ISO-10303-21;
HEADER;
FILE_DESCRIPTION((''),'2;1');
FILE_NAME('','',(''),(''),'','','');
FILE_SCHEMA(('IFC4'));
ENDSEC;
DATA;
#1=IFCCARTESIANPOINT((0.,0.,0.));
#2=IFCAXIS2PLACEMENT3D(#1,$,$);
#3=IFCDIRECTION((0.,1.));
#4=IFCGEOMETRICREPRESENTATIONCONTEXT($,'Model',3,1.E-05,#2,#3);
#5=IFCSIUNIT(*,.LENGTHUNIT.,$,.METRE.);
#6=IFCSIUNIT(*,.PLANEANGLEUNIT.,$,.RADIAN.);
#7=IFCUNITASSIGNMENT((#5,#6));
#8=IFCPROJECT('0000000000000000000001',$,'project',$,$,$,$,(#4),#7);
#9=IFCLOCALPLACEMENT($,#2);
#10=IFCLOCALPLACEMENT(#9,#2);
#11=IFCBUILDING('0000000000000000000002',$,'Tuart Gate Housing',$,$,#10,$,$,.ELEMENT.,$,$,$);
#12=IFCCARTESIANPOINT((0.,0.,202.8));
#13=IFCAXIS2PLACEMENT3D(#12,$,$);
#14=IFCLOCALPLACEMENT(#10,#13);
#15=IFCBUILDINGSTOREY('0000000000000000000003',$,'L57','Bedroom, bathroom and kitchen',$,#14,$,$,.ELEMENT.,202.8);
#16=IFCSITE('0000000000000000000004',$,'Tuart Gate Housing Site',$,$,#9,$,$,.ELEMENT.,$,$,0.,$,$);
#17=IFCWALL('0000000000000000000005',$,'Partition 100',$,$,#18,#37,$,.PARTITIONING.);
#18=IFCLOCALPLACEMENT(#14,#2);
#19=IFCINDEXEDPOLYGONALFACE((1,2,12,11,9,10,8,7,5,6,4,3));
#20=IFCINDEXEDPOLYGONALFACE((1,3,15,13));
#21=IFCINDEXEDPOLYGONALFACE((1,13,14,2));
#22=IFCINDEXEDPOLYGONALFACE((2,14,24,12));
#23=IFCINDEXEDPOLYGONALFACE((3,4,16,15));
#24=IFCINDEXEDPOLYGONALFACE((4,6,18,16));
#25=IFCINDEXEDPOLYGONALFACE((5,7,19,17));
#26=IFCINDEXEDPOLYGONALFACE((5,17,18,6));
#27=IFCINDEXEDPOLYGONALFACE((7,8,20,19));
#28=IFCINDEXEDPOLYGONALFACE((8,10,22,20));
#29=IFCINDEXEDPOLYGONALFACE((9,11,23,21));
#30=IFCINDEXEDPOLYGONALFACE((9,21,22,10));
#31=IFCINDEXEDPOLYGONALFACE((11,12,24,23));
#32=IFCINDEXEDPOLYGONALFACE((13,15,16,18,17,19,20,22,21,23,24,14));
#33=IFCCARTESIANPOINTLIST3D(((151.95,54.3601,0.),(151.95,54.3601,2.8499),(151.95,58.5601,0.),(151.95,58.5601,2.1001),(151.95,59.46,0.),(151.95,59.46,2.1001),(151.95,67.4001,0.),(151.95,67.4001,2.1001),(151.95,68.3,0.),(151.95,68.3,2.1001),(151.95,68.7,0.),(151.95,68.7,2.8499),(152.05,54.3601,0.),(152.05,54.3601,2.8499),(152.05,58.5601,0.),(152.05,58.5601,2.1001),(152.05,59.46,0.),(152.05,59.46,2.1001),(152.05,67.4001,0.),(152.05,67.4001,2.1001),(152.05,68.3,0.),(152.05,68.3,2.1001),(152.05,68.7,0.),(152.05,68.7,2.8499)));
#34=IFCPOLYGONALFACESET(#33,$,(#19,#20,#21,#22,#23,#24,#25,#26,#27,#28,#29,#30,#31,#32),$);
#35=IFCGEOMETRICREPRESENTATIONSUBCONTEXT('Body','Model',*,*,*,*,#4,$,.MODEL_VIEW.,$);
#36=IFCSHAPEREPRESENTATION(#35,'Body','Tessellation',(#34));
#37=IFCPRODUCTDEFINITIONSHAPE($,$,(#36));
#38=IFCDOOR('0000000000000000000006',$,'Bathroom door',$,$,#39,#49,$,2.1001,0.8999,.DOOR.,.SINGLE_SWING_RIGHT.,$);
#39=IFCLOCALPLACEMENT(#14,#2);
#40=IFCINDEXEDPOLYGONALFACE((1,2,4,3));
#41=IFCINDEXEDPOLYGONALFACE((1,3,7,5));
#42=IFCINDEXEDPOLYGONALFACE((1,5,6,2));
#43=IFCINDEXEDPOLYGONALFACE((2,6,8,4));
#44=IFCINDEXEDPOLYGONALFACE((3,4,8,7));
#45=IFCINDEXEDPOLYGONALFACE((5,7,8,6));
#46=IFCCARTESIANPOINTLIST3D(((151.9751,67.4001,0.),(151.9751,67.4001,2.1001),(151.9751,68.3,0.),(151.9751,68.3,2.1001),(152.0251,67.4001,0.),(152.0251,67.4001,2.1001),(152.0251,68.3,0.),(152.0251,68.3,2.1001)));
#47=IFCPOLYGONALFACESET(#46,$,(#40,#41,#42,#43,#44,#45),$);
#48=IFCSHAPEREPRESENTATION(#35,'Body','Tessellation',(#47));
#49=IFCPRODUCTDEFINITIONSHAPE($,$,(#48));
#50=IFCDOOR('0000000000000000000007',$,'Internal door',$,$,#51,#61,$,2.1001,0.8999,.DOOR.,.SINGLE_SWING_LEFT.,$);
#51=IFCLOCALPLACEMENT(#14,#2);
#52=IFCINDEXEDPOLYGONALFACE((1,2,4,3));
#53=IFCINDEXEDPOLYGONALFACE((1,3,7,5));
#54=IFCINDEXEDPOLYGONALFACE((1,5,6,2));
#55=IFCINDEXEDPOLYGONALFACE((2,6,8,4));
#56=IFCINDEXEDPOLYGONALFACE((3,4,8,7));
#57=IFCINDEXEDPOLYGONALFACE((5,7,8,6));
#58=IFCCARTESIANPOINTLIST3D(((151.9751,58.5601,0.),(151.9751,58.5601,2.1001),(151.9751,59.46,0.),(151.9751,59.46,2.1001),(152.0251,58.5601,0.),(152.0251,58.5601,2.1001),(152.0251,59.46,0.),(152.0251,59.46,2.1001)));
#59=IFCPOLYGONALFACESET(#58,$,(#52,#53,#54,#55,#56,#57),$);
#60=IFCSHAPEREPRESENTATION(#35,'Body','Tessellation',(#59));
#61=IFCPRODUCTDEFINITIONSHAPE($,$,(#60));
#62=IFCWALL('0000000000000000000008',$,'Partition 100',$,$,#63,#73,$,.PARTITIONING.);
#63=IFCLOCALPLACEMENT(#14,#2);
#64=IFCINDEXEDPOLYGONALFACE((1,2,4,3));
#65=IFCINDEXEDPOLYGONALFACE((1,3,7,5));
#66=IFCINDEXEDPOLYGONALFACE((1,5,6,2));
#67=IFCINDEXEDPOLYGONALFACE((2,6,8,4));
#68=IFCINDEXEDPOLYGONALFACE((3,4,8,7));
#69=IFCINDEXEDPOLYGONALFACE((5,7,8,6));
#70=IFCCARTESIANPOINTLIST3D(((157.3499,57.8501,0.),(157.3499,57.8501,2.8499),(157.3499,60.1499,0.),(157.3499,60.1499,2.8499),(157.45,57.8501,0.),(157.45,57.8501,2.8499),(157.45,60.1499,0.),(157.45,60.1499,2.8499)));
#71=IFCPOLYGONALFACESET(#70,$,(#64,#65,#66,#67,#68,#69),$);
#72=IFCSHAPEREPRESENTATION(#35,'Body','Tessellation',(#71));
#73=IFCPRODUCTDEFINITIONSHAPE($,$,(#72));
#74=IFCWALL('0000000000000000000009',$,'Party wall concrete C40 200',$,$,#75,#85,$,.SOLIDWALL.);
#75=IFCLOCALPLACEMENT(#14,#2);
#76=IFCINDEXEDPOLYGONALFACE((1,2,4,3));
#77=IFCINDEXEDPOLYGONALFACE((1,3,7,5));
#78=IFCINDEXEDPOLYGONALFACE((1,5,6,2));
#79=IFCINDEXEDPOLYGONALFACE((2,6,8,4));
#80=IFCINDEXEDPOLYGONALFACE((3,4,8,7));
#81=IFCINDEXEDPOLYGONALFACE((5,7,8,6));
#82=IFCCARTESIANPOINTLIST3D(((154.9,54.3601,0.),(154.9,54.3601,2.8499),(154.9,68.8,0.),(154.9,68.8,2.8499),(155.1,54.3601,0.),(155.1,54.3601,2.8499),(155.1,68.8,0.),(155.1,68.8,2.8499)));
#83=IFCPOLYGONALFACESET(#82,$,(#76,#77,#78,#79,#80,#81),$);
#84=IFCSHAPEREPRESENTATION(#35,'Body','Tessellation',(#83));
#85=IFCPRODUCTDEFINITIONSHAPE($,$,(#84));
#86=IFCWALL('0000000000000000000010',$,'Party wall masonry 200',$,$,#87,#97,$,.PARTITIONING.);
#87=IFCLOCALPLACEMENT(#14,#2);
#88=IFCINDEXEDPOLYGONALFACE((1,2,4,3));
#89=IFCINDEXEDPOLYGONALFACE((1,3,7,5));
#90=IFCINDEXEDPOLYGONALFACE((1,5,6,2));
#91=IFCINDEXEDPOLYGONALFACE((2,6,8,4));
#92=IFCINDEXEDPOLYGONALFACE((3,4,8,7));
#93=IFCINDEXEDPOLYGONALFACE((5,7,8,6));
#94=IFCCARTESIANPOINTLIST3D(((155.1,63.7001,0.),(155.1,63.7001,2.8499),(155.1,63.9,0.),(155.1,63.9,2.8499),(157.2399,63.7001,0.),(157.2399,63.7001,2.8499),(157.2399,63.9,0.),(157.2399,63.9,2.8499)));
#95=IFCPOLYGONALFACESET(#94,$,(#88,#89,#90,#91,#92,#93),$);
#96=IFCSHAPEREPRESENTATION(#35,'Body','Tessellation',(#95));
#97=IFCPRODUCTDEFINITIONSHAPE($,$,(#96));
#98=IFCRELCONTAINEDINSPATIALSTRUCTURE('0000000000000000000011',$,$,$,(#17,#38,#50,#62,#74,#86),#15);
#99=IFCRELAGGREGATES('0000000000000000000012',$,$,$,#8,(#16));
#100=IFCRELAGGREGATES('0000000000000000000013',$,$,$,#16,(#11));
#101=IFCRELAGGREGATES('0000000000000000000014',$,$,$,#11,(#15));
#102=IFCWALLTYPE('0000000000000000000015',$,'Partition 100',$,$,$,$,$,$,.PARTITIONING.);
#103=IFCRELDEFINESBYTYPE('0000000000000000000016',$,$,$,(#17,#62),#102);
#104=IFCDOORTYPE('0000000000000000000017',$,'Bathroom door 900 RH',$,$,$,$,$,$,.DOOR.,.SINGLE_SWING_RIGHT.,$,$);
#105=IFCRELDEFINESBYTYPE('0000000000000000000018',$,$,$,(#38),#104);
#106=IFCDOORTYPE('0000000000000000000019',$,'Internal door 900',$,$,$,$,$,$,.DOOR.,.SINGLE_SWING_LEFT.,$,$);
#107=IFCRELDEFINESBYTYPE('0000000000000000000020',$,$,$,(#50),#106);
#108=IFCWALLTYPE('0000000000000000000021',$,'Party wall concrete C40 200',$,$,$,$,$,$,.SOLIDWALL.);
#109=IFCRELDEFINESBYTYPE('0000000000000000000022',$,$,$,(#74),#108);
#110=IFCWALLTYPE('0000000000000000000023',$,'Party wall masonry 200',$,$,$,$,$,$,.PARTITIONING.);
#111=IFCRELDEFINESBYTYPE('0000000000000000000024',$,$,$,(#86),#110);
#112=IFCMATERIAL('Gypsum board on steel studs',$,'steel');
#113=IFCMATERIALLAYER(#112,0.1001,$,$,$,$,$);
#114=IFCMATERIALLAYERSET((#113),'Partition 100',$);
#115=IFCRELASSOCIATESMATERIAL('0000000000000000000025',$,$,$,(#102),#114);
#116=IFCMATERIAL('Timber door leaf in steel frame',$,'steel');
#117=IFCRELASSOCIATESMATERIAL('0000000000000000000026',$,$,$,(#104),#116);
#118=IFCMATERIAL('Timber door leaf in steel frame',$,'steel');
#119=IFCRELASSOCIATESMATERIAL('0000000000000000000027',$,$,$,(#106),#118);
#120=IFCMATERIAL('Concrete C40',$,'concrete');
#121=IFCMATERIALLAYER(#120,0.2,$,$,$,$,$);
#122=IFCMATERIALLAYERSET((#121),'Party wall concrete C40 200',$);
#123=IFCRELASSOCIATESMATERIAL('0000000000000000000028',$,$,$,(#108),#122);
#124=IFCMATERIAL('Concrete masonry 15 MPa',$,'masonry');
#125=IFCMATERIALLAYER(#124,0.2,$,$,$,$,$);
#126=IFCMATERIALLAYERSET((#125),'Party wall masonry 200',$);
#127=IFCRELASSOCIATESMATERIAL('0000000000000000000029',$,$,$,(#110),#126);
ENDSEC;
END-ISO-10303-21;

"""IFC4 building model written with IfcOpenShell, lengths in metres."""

from ifc_helpers import new_model, si_unit, direction, frame, frame_2d, origin, place, context, subcontext, project, spatial, rectangle, extrude, material, layer, layer_set, type_object, element, fill, save


model = new_model("IFC4")

# Units and contexts
model_context = context("Model", 3, precision=1e-05, world=origin(), true_north=direction((0.0, 1.0)))
body_context = subcontext(model_context, "Body", "Model", "MODEL_VIEW")
ifc_project = project(units=[si_unit("LENGTHUNIT", "METRE"), si_unit("PLANEANGLEUNIT", "RADIAN")], contexts=[model_context])

# Site, building, storey
site_placement = place(None, origin())
site = spatial("IfcSite", under=ifc_project, at=site_placement, Name="Tuart Gate Housing Site", CompositionType="ELEMENT", RefElevation=0.0)
building_placement = place(site_placement, origin())
building = spatial("IfcBuilding", under=site, at=building_placement, Name="Tuart Gate Housing", CompositionType="ELEMENT")
storey_placement = place(building_placement, frame((0.0, 0.0, 202.8)))
storey = spatial("IfcBuildingStorey", under=building, at=storey_placement, Name="L57", Description="Bedroom, bathroom and kitchen", CompositionType="ELEMENT", Elevation=202.8)

# Shared definitions
ifc_material_1 = material(Name="Gypsum board on steel studs", Category="steel")
ifc_layer_1 = layer(ifc_material_1, 0.1001)
ifc_layer_set_1 = layer_set([ifc_layer_1], Name="Partition 100")
wall_type_1 = type_object("IfcWallType", Name="Partition 100", PredefinedType="PARTITIONING", material=ifc_layer_set_1)

# Wall, openings, doors
wall_1_placement = place(storey_placement, frame((152.0, 54.3601, 0.0), z_axis=(0.0, 0.0, 1.0), x_axis=(0.0, 1.0, 0.0)))
wall_1 = element("IfcWall", 1, at=wall_1_placement, inside=storey, type_object=wall_type_1, Name="Partition 100", PredefinedType="PARTITIONING", context=body_context, shape_type="SweptSolid", body=[
    extrude(rectangle(XDim=14.3398, YDim=0.1001, at=frame_2d((7.1699, 0.0))), origin(), (0.0, 0.0, 1.0), 2.8499),
])
opening_1_placement = place(wall_1_placement, frame((4.2, 0.0, 0.0)))
opening_1 = element("IfcOpeningElement", 2, at=opening_1_placement, cuts=wall_1, PredefinedType="OPENING", context=body_context, shape_type="SweptSolid", body=[
    extrude(rectangle(XDim=0.8999, YDim=2.1001, at=frame_2d((0.45, 1.05))), frame((0.0, 0.0601, 0.0), z_axis=(0.0, -1.0, 0.0), x_axis=(1.0, 0.0, 0.0)), (0.0, 0.0, 1.0), 0.1201),
])
opening_2_placement = place(wall_1_placement, frame((13.04, 0.0, 0.0)))
opening_2 = element("IfcOpeningElement", 3, at=opening_2_placement, cuts=wall_1, PredefinedType="OPENING", context=body_context, shape_type="SweptSolid", body=[
    extrude(rectangle(XDim=0.8999, YDim=2.1001, at=frame_2d((0.45, 1.05))), frame((0.0, 0.0601, 0.0), z_axis=(0.0, -1.0, 0.0), x_axis=(1.0, 0.0, 0.0)), (0.0, 0.0, 1.0), 0.1201),
])
ifc_material_2 = material(Name="Timber door leaf in steel frame", Category="steel")
door_type_1 = type_object("IfcDoorType", Name="Bathroom door 900 RH", OperationType="SINGLE_SWING_RIGHT", PredefinedType="DOOR", material=ifc_material_2)
door_1_placement = place(opening_2_placement, origin())
door_1 = element("IfcDoor", 4, at=door_1_placement, inside=storey, type_object=door_type_1, Name="Bathroom door", OperationType="SINGLE_SWING_RIGHT", OverallHeight=2.1001, OverallWidth=0.8999, PredefinedType="DOOR", context=body_context, shape_type="SweptSolid", body=[
    extrude(rectangle(XDim=0.8999, YDim=2.1001, at=frame_2d((0.45, 1.05))), frame((0.0, 0.0249, 0.0), z_axis=(0.0, -1.0, 0.0), x_axis=(1.0, 0.0, 0.0)), (0.0, 0.0, 1.0), 0.05),
])
fill(opening_2, door_1)
ifc_material_3 = material(Name="Timber door leaf in steel frame", Category="steel")
door_type_2 = type_object("IfcDoorType", Name="Internal door 900", OperationType="SINGLE_SWING_LEFT", PredefinedType="DOOR", material=ifc_material_3)
door_2_placement = place(opening_1_placement, origin())
door_2 = element("IfcDoor", 5, at=door_2_placement, inside=storey, type_object=door_type_2, Name="Internal door", OperationType="SINGLE_SWING_LEFT", OverallHeight=2.1001, OverallWidth=0.8999, PredefinedType="DOOR", context=body_context, shape_type="SweptSolid", body=[
    extrude(rectangle(XDim=0.8999, YDim=2.1001, at=frame_2d((0.45, 1.05))), frame((0.0, 0.0249, 0.0), z_axis=(0.0, -1.0, 0.0), x_axis=(1.0, 0.0, 0.0)), (0.0, 0.0, 1.0), 0.05),
])
fill(opening_1, door_2)

# Walls
wall_2_placement = place(storey_placement, frame((157.3999, 57.8501, 0.0), z_axis=(0.0, 0.0, 1.0), x_axis=(0.0, 1.0, 0.0)))
element("IfcWall", 6, at=wall_2_placement, inside=storey, type_object=wall_type_1, Name="Partition 100", PredefinedType="PARTITIONING", context=body_context, shape_type="SweptSolid", body=[
    extrude(rectangle(XDim=2.2998, YDim=0.1001, at=frame_2d((1.1499, 0.0))), origin(), (0.0, 0.0, 1.0), 2.8499),
])
ifc_material_4 = material(Name="Concrete C40", Category="concrete")
ifc_layer_2 = layer(ifc_material_4, 0.2)
ifc_layer_set_2 = layer_set([ifc_layer_2], Name="Party wall concrete C40 200")
wall_type_2 = type_object("IfcWallType", Name="Party wall concrete C40 200", PredefinedType="SOLIDWALL", material=ifc_layer_set_2)
wall_3_placement = place(storey_placement, frame((155.0, 54.3601, 0.0), z_axis=(0.0, 0.0, 1.0), x_axis=(0.0, 1.0, 0.0)))
element("IfcWall", 7, at=wall_3_placement, inside=storey, type_object=wall_type_2, Name="Party wall concrete C40 200", PredefinedType="SOLIDWALL", context=body_context, shape_type="SweptSolid", body=[
    extrude(rectangle(XDim=14.4399, YDim=0.2, at=frame_2d((7.22, 0.0))), origin(), (0.0, 0.0, 1.0), 2.8499),
])
ifc_material_5 = material(Name="Concrete masonry 15 MPa", Category="masonry")
ifc_layer_3 = layer(ifc_material_5, 0.2)
ifc_layer_set_3 = layer_set([ifc_layer_3], Name="Party wall masonry 200")
wall_type_3 = type_object("IfcWallType", Name="Party wall masonry 200", PredefinedType="PARTITIONING", material=ifc_layer_set_3)
wall_4_placement = place(storey_placement, frame((155.1001, 63.8, 0.0), z_axis=(0.0, 0.0, 1.0), x_axis=(1.0, 0.0, 0.0)))
element("IfcWall", 8, at=wall_4_placement, inside=storey, type_object=wall_type_3, Name="Party wall masonry 200", PredefinedType="PARTITIONING", context=body_context, shape_type="SweptSolid", body=[
    extrude(rectangle(XDim=2.1399, YDim=0.2, at=frame_2d((1.0698, 0.0))), origin(), (0.0, 0.0, 1.0), 2.8499),
])

save(model, "model.ifc")
